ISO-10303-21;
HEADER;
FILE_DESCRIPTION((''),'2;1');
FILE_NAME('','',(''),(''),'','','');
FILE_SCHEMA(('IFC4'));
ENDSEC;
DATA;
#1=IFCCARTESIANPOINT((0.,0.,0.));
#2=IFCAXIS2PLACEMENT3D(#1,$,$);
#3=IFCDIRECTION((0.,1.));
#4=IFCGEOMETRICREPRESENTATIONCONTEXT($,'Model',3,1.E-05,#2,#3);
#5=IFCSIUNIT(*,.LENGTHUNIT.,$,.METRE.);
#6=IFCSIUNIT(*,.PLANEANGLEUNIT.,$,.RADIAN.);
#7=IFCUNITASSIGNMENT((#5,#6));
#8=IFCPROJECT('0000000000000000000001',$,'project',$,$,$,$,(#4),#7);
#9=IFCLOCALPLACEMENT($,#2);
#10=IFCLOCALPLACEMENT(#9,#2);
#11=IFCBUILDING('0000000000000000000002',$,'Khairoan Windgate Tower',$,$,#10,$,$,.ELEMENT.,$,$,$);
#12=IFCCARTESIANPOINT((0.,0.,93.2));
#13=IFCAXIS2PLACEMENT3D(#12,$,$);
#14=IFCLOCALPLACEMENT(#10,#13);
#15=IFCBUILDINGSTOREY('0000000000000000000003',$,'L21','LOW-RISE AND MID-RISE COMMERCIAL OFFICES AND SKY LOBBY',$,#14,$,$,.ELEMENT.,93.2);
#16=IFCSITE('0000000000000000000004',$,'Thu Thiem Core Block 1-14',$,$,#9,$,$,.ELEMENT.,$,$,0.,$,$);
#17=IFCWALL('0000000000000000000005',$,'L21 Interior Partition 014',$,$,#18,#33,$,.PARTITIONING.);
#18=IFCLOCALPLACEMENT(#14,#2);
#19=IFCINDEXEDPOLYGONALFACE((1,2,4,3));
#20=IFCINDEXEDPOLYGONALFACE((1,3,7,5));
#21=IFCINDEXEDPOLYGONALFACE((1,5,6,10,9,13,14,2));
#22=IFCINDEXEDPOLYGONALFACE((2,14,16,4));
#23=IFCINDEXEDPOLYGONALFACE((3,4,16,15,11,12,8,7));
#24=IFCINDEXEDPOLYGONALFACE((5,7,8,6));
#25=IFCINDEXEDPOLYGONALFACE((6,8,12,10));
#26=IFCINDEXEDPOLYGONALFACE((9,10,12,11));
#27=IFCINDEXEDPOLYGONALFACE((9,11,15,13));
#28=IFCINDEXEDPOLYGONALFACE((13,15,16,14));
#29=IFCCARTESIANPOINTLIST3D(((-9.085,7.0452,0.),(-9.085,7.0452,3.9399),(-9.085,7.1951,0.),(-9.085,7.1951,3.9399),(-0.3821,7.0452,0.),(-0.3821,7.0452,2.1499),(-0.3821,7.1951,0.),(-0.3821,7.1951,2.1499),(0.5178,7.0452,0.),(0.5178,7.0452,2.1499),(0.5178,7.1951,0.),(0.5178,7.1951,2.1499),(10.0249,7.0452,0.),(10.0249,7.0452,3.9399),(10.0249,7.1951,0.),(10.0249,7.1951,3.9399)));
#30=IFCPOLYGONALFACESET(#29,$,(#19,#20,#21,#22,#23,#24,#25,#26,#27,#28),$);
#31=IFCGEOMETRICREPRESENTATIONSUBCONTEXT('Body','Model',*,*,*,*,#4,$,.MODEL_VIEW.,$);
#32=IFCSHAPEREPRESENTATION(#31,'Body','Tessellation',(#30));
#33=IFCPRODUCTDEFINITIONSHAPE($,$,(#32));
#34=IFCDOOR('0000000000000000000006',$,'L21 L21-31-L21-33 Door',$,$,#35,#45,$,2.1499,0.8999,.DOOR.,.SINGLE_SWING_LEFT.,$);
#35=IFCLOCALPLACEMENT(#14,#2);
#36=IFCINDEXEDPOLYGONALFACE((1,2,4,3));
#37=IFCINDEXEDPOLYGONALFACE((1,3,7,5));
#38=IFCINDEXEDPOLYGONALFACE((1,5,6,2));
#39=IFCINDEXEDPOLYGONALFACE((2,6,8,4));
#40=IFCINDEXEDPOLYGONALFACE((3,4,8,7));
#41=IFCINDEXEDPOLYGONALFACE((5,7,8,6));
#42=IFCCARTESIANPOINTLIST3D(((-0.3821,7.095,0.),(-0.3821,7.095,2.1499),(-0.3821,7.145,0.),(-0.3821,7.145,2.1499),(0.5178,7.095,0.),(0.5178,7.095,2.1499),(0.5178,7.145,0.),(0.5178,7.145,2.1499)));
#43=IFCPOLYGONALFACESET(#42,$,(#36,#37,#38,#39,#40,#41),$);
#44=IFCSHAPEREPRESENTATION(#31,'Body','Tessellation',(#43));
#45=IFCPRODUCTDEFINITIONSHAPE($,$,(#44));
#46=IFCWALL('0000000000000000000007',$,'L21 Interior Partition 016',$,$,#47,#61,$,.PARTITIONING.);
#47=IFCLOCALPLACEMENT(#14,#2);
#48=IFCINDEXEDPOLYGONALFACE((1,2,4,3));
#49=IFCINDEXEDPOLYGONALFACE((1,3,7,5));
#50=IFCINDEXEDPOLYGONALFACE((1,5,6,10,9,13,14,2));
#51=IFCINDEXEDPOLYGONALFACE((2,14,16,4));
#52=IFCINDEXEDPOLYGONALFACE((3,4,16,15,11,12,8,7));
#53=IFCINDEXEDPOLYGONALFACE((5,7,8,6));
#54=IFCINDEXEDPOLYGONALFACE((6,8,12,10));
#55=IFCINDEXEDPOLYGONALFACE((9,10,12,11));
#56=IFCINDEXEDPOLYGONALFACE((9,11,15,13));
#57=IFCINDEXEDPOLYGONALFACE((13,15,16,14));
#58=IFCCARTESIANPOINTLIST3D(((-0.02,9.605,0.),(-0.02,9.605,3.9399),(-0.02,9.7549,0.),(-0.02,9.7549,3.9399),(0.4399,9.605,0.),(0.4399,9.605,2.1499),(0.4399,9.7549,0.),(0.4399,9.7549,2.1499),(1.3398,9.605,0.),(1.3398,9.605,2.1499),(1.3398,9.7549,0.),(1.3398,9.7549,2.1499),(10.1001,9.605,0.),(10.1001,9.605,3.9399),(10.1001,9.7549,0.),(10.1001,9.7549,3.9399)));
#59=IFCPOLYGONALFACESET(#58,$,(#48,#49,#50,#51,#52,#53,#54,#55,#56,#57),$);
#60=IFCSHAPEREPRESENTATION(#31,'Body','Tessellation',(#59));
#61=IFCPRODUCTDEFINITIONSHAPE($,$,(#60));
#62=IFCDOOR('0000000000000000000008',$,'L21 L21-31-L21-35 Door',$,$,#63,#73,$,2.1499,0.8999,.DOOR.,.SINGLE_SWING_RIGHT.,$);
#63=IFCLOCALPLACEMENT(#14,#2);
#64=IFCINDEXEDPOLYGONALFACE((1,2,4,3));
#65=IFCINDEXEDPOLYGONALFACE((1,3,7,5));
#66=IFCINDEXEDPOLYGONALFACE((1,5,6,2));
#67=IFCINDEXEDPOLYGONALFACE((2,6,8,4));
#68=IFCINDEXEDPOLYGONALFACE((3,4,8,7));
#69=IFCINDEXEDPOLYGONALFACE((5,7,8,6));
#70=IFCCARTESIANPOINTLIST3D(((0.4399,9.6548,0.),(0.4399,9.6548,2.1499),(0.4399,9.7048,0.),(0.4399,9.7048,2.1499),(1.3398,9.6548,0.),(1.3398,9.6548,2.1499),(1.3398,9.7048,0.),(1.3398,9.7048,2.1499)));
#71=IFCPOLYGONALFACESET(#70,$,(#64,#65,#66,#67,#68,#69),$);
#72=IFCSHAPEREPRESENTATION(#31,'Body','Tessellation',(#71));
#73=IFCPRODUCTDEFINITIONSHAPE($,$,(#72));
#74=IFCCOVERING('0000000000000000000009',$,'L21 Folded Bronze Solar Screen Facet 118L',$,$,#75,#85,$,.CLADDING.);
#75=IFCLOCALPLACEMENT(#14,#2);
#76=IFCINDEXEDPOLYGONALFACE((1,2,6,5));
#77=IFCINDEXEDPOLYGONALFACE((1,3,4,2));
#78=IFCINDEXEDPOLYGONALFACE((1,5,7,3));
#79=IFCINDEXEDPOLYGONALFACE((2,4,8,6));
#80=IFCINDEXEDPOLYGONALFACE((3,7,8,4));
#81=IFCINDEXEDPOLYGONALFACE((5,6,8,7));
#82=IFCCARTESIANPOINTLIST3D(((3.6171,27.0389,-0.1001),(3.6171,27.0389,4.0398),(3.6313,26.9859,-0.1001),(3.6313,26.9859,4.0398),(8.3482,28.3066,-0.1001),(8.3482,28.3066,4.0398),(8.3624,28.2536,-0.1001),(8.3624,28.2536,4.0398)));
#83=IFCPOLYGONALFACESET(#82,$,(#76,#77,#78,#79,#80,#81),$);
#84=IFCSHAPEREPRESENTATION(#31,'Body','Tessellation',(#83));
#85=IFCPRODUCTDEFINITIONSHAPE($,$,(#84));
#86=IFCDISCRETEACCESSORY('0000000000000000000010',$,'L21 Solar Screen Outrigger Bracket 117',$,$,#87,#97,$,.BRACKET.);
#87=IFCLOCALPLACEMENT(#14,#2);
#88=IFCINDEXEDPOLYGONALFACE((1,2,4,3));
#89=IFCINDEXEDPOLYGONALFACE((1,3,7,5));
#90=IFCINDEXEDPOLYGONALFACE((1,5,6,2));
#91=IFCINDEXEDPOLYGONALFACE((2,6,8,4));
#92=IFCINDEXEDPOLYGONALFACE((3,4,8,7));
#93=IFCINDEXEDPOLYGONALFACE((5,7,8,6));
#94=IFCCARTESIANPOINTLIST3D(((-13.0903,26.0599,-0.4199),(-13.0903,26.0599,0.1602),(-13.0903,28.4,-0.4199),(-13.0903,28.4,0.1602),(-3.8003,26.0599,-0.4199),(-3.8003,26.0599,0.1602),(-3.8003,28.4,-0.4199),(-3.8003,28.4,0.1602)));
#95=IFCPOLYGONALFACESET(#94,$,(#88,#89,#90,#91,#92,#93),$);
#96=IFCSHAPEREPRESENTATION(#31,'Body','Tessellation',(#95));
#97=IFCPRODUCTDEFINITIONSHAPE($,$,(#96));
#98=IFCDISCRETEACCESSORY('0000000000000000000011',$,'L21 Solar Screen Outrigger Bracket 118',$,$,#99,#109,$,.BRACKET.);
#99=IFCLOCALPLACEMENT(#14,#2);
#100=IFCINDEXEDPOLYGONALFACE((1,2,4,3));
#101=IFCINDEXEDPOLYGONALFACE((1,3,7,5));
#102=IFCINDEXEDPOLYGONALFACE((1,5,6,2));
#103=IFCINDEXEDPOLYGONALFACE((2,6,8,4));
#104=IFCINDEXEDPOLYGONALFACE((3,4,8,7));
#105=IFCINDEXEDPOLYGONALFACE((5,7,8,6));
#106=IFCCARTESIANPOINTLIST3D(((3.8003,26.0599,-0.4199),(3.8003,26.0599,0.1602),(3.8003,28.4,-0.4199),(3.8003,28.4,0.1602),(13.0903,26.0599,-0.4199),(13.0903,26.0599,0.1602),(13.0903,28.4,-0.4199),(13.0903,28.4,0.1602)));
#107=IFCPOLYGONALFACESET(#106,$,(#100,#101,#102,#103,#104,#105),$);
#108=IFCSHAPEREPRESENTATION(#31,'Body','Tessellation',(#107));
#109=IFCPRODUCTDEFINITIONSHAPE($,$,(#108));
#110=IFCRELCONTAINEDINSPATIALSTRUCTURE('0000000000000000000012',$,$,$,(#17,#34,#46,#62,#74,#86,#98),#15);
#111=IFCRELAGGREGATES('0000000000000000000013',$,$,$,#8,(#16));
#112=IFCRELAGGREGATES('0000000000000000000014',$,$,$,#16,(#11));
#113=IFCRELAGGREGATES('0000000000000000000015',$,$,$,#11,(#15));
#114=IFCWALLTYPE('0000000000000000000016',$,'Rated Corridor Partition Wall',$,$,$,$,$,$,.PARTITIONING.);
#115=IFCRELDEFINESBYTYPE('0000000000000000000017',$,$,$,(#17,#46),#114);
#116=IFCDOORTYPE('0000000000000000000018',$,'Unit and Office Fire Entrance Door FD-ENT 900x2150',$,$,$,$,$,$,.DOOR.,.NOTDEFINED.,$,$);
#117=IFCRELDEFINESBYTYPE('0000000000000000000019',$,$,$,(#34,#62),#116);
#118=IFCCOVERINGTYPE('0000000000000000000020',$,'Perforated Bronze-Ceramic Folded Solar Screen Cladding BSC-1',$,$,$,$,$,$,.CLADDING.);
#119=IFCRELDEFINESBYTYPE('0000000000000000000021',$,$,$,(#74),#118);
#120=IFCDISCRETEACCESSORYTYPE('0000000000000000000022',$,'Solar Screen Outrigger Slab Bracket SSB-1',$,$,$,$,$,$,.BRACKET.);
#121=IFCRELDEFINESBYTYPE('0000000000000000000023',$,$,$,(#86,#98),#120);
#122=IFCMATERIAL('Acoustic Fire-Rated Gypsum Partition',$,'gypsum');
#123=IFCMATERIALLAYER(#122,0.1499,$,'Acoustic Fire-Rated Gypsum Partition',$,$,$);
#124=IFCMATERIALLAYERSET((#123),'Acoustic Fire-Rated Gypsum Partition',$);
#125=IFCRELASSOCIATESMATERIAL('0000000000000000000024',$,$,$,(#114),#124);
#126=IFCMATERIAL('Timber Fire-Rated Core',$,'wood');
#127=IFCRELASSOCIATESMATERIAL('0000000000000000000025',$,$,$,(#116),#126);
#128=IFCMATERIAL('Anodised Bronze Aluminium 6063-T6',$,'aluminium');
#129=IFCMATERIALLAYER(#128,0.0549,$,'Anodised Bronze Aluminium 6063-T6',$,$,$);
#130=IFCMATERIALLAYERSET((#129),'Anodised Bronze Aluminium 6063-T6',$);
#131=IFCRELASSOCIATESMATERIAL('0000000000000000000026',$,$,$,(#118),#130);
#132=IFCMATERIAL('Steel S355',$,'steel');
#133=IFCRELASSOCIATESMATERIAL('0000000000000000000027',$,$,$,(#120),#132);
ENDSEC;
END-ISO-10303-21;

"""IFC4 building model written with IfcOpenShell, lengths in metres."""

from ifc_helpers import new_model, si_unit, direction, frame, frame_2d, origin, origin_2d, place, context, subcontext, project, spatial, rectangle, extrude, material, layer, layer_set, type_object, element, fill, save


model = new_model("IFC4")

# Units and contexts
model_context = context("Model", 3, precision=1e-05, world=origin(), true_north=direction((0.0, 1.0)))
body_context = subcontext(model_context, "Body", "Model", "MODEL_VIEW")
ifc_project = project(units=[si_unit("LENGTHUNIT", "METRE"), si_unit("PLANEANGLEUNIT", "RADIAN")], contexts=[model_context])

# Site, building, storey
site_placement = place(None, origin())
site = spatial("IfcSite", under=ifc_project, at=site_placement, Name="Thu Thiem Core Block 1-14", CompositionType="ELEMENT", RefElevation=0.0)
building_placement = place(site_placement, origin())
building = spatial("IfcBuilding", under=site, at=building_placement, Name="Khairoan Windgate Tower", CompositionType="ELEMENT")
storey_placement = place(building_placement, frame((0.0, 0.0, 93.2)))
storey = spatial("IfcBuildingStorey", under=building, at=storey_placement, Name="L21", Description="LOW-RISE AND MID-RISE COMMERCIAL OFFICES AND SKY LOBBY", CompositionType="ELEMENT", Elevation=93.2)

# Walls, openings, doors
ifc_material_1 = material(Name="Acoustic Fire-Rated Gypsum Partition", Category="gypsum")
ifc_layer_1 = layer(ifc_material_1, 0.1499, Name="Acoustic Fire-Rated Gypsum Partition")
ifc_layer_set_1 = layer_set([ifc_layer_1], Name="Acoustic Fire-Rated Gypsum Partition")
wall_type_1 = type_object("IfcWallType", Name="Rated Corridor Partition Wall", PredefinedType="PARTITIONING", material=ifc_layer_set_1)
ifc_material_2 = material(Name="Timber Fire-Rated Core", Category="wood")
door_type = type_object("IfcDoorType", Name="Unit and Office Fire Entrance Door FD-ENT 900x2150", OperationType="NOTDEFINED", PredefinedType="DOOR", material=ifc_material_2)
wall_1_placement = place(storey_placement, frame((-9.085, 7.1201, 0.0), z_axis=(0.0, 0.0, 1.0), x_axis=(1.0, 0.0, 0.0)))
wall_1 = element("IfcWall", 1, at=wall_1_placement, inside=storey, type_object=wall_type_1, Name="L21 Interior Partition 014", PredefinedType="PARTITIONING", context=body_context, shape_type="SweptSolid", body=[
    extrude(rectangle(XDim=19.1099, YDim=0.1499, at=frame_2d((9.5549, 0.0))), origin(), (0.0, 0.0, 1.0), 3.9399),
])
opening_1_placement = place(wall_1_placement, frame((8.7029, 0.0, 0.0)))
opening_1 = element("IfcOpeningElement", 2, at=opening_1_placement, cuts=wall_1, PredefinedType="OPENING", context=body_context, shape_type="SweptSolid", body=[
    extrude(rectangle(XDim=0.8999, YDim=2.1499, at=frame_2d((0.45, 1.075))), frame((0.0, 0.085, 0.0), z_axis=(0.0, -1.0, 0.0), x_axis=(1.0, 0.0, 0.0)), (0.0, 0.0, 1.0), 0.1699),
])
door_1_placement = place(opening_1_placement, origin())
door_1 = element("IfcDoor", 3, at=door_1_placement, inside=storey, type_object=door_type, Name="L21 L21-31-L21-33 Door", OperationType="SINGLE_SWING_LEFT", OverallHeight=2.1499, OverallWidth=0.8999, PredefinedType="DOOR", context=body_context, shape_type="SweptSolid", body=[
    extrude(rectangle(XDim=0.8999, YDim=2.1499, at=frame_2d((0.45, 1.075))), frame((0.0, 0.0249, 0.0), z_axis=(0.0, -1.0, 0.0), x_axis=(1.0, 0.0, 0.0)), (0.0, 0.0, 1.0), 0.05),
])
fill(opening_1, door_1)
wall_2_placement = place(storey_placement, frame((-0.02, 9.6799, 0.0), z_axis=(0.0, 0.0, 1.0), x_axis=(1.0, 0.0, 0.0)))
wall_2 = element("IfcWall", 4, at=wall_2_placement, inside=storey, type_object=wall_type_1, Name="L21 Interior Partition 016", PredefinedType="PARTITIONING", context=body_context, shape_type="SweptSolid", body=[
    extrude(rectangle(XDim=10.1201, YDim=0.1499, at=frame_2d((5.0601, 0.0))), origin(), (0.0, 0.0, 1.0), 3.9399),
])
opening_2_placement = place(wall_2_placement, frame((0.46, 0.0, 0.0)))
opening_2 = element("IfcOpeningElement", 5, at=opening_2_placement, cuts=wall_2, PredefinedType="OPENING", context=body_context, shape_type="SweptSolid", body=[
    extrude(rectangle(XDim=0.8999, YDim=2.1499, at=frame_2d((0.45, 1.075))), frame((0.0, 0.085, 0.0), z_axis=(0.0, -1.0, 0.0), x_axis=(1.0, 0.0, 0.0)), (0.0, 0.0, 1.0), 0.1699),
])
door_2_placement = place(opening_2_placement, origin())
door_2 = element("IfcDoor", 6, at=door_2_placement, inside=storey, type_object=door_type, Name="L21 L21-31-L21-35 Door", OperationType="SINGLE_SWING_RIGHT", OverallHeight=2.1499, OverallWidth=0.8999, PredefinedType="DOOR", context=body_context, shape_type="SweptSolid", body=[
    extrude(rectangle(XDim=0.8999, YDim=2.1499, at=frame_2d((0.45, 1.075))), frame((0.0, 0.0249, 0.0), z_axis=(0.0, -1.0, 0.0), x_axis=(1.0, 0.0, 0.0)), (0.0, 0.0, 1.0), 0.05),
])
fill(opening_2, door_2)

# Covering
ifc_material_3 = material(Name="Anodised Bronze Aluminium 6063-T6", Category="aluminium")
ifc_layer_2 = layer(ifc_material_3, 0.0549, Name="Anodised Bronze Aluminium 6063-T6")
ifc_layer_set_2 = layer_set([ifc_layer_2], Name="Anodised Bronze Aluminium 6063-T6")
covering_type = type_object("IfcCoveringType", Name="Perforated Bronze-Ceramic Folded Solar Screen Cladding BSC-1", PredefinedType="CLADDING", material=ifc_layer_set_2)
covering_placement = place(storey_placement, frame((5.9897, 27.6462, -0.1001), z_axis=(0.0, 0.0, 1.0), x_axis=(0.965926, 0.258819, 0.0)))
element("IfcCovering", 7, at=covering_placement, inside=storey, type_object=covering_type, Name="L21 Folded Bronze Solar Screen Facet 118L", PredefinedType="CLADDING", context=body_context, shape_type="SweptSolid", body=[
    extrude(rectangle(XDim=4.8979, YDim=0.0549, at=origin_2d()), origin(), (0.0, 0.0, 1.0), 4.1399),
])

# Discrete accessories
ifc_material_4 = material(Name="Steel S355", Category="steel")
discrete_accessory_type = type_object("IfcDiscreteAccessoryType", Name="Solar Screen Outrigger Slab Bracket SSB-1", PredefinedType="BRACKET", material=ifc_material_4)
for number, where, z_axis, x_axis, name in (
    (8, (-8.4453, 27.23, -0.4199), (0.0, 0.0, 1.0), (1.0, 0.0, 0.0), "L21 Solar Screen Outrigger Bracket 117"),
    (9, (8.4453, 27.23, -0.4199), (0.0, 0.0, 1.0), (1.0, 0.0, 0.0), "L21 Solar Screen Outrigger Bracket 118"),
):
    element("IfcDiscreteAccessory", number, at=place(storey_placement, frame(where, z_axis=z_axis, x_axis=x_axis)), inside=storey, type_object=discrete_accessory_type, Name=name, PredefinedType="BRACKET", context=body_context, shape_type="SweptSolid", body=[
        extrude(rectangle(XDim=9.29, YDim=2.3401, at=origin_2d()), origin(), (0.0, 0.0, 1.0), 0.5801),
    ])

save(model, "model.ifc")
